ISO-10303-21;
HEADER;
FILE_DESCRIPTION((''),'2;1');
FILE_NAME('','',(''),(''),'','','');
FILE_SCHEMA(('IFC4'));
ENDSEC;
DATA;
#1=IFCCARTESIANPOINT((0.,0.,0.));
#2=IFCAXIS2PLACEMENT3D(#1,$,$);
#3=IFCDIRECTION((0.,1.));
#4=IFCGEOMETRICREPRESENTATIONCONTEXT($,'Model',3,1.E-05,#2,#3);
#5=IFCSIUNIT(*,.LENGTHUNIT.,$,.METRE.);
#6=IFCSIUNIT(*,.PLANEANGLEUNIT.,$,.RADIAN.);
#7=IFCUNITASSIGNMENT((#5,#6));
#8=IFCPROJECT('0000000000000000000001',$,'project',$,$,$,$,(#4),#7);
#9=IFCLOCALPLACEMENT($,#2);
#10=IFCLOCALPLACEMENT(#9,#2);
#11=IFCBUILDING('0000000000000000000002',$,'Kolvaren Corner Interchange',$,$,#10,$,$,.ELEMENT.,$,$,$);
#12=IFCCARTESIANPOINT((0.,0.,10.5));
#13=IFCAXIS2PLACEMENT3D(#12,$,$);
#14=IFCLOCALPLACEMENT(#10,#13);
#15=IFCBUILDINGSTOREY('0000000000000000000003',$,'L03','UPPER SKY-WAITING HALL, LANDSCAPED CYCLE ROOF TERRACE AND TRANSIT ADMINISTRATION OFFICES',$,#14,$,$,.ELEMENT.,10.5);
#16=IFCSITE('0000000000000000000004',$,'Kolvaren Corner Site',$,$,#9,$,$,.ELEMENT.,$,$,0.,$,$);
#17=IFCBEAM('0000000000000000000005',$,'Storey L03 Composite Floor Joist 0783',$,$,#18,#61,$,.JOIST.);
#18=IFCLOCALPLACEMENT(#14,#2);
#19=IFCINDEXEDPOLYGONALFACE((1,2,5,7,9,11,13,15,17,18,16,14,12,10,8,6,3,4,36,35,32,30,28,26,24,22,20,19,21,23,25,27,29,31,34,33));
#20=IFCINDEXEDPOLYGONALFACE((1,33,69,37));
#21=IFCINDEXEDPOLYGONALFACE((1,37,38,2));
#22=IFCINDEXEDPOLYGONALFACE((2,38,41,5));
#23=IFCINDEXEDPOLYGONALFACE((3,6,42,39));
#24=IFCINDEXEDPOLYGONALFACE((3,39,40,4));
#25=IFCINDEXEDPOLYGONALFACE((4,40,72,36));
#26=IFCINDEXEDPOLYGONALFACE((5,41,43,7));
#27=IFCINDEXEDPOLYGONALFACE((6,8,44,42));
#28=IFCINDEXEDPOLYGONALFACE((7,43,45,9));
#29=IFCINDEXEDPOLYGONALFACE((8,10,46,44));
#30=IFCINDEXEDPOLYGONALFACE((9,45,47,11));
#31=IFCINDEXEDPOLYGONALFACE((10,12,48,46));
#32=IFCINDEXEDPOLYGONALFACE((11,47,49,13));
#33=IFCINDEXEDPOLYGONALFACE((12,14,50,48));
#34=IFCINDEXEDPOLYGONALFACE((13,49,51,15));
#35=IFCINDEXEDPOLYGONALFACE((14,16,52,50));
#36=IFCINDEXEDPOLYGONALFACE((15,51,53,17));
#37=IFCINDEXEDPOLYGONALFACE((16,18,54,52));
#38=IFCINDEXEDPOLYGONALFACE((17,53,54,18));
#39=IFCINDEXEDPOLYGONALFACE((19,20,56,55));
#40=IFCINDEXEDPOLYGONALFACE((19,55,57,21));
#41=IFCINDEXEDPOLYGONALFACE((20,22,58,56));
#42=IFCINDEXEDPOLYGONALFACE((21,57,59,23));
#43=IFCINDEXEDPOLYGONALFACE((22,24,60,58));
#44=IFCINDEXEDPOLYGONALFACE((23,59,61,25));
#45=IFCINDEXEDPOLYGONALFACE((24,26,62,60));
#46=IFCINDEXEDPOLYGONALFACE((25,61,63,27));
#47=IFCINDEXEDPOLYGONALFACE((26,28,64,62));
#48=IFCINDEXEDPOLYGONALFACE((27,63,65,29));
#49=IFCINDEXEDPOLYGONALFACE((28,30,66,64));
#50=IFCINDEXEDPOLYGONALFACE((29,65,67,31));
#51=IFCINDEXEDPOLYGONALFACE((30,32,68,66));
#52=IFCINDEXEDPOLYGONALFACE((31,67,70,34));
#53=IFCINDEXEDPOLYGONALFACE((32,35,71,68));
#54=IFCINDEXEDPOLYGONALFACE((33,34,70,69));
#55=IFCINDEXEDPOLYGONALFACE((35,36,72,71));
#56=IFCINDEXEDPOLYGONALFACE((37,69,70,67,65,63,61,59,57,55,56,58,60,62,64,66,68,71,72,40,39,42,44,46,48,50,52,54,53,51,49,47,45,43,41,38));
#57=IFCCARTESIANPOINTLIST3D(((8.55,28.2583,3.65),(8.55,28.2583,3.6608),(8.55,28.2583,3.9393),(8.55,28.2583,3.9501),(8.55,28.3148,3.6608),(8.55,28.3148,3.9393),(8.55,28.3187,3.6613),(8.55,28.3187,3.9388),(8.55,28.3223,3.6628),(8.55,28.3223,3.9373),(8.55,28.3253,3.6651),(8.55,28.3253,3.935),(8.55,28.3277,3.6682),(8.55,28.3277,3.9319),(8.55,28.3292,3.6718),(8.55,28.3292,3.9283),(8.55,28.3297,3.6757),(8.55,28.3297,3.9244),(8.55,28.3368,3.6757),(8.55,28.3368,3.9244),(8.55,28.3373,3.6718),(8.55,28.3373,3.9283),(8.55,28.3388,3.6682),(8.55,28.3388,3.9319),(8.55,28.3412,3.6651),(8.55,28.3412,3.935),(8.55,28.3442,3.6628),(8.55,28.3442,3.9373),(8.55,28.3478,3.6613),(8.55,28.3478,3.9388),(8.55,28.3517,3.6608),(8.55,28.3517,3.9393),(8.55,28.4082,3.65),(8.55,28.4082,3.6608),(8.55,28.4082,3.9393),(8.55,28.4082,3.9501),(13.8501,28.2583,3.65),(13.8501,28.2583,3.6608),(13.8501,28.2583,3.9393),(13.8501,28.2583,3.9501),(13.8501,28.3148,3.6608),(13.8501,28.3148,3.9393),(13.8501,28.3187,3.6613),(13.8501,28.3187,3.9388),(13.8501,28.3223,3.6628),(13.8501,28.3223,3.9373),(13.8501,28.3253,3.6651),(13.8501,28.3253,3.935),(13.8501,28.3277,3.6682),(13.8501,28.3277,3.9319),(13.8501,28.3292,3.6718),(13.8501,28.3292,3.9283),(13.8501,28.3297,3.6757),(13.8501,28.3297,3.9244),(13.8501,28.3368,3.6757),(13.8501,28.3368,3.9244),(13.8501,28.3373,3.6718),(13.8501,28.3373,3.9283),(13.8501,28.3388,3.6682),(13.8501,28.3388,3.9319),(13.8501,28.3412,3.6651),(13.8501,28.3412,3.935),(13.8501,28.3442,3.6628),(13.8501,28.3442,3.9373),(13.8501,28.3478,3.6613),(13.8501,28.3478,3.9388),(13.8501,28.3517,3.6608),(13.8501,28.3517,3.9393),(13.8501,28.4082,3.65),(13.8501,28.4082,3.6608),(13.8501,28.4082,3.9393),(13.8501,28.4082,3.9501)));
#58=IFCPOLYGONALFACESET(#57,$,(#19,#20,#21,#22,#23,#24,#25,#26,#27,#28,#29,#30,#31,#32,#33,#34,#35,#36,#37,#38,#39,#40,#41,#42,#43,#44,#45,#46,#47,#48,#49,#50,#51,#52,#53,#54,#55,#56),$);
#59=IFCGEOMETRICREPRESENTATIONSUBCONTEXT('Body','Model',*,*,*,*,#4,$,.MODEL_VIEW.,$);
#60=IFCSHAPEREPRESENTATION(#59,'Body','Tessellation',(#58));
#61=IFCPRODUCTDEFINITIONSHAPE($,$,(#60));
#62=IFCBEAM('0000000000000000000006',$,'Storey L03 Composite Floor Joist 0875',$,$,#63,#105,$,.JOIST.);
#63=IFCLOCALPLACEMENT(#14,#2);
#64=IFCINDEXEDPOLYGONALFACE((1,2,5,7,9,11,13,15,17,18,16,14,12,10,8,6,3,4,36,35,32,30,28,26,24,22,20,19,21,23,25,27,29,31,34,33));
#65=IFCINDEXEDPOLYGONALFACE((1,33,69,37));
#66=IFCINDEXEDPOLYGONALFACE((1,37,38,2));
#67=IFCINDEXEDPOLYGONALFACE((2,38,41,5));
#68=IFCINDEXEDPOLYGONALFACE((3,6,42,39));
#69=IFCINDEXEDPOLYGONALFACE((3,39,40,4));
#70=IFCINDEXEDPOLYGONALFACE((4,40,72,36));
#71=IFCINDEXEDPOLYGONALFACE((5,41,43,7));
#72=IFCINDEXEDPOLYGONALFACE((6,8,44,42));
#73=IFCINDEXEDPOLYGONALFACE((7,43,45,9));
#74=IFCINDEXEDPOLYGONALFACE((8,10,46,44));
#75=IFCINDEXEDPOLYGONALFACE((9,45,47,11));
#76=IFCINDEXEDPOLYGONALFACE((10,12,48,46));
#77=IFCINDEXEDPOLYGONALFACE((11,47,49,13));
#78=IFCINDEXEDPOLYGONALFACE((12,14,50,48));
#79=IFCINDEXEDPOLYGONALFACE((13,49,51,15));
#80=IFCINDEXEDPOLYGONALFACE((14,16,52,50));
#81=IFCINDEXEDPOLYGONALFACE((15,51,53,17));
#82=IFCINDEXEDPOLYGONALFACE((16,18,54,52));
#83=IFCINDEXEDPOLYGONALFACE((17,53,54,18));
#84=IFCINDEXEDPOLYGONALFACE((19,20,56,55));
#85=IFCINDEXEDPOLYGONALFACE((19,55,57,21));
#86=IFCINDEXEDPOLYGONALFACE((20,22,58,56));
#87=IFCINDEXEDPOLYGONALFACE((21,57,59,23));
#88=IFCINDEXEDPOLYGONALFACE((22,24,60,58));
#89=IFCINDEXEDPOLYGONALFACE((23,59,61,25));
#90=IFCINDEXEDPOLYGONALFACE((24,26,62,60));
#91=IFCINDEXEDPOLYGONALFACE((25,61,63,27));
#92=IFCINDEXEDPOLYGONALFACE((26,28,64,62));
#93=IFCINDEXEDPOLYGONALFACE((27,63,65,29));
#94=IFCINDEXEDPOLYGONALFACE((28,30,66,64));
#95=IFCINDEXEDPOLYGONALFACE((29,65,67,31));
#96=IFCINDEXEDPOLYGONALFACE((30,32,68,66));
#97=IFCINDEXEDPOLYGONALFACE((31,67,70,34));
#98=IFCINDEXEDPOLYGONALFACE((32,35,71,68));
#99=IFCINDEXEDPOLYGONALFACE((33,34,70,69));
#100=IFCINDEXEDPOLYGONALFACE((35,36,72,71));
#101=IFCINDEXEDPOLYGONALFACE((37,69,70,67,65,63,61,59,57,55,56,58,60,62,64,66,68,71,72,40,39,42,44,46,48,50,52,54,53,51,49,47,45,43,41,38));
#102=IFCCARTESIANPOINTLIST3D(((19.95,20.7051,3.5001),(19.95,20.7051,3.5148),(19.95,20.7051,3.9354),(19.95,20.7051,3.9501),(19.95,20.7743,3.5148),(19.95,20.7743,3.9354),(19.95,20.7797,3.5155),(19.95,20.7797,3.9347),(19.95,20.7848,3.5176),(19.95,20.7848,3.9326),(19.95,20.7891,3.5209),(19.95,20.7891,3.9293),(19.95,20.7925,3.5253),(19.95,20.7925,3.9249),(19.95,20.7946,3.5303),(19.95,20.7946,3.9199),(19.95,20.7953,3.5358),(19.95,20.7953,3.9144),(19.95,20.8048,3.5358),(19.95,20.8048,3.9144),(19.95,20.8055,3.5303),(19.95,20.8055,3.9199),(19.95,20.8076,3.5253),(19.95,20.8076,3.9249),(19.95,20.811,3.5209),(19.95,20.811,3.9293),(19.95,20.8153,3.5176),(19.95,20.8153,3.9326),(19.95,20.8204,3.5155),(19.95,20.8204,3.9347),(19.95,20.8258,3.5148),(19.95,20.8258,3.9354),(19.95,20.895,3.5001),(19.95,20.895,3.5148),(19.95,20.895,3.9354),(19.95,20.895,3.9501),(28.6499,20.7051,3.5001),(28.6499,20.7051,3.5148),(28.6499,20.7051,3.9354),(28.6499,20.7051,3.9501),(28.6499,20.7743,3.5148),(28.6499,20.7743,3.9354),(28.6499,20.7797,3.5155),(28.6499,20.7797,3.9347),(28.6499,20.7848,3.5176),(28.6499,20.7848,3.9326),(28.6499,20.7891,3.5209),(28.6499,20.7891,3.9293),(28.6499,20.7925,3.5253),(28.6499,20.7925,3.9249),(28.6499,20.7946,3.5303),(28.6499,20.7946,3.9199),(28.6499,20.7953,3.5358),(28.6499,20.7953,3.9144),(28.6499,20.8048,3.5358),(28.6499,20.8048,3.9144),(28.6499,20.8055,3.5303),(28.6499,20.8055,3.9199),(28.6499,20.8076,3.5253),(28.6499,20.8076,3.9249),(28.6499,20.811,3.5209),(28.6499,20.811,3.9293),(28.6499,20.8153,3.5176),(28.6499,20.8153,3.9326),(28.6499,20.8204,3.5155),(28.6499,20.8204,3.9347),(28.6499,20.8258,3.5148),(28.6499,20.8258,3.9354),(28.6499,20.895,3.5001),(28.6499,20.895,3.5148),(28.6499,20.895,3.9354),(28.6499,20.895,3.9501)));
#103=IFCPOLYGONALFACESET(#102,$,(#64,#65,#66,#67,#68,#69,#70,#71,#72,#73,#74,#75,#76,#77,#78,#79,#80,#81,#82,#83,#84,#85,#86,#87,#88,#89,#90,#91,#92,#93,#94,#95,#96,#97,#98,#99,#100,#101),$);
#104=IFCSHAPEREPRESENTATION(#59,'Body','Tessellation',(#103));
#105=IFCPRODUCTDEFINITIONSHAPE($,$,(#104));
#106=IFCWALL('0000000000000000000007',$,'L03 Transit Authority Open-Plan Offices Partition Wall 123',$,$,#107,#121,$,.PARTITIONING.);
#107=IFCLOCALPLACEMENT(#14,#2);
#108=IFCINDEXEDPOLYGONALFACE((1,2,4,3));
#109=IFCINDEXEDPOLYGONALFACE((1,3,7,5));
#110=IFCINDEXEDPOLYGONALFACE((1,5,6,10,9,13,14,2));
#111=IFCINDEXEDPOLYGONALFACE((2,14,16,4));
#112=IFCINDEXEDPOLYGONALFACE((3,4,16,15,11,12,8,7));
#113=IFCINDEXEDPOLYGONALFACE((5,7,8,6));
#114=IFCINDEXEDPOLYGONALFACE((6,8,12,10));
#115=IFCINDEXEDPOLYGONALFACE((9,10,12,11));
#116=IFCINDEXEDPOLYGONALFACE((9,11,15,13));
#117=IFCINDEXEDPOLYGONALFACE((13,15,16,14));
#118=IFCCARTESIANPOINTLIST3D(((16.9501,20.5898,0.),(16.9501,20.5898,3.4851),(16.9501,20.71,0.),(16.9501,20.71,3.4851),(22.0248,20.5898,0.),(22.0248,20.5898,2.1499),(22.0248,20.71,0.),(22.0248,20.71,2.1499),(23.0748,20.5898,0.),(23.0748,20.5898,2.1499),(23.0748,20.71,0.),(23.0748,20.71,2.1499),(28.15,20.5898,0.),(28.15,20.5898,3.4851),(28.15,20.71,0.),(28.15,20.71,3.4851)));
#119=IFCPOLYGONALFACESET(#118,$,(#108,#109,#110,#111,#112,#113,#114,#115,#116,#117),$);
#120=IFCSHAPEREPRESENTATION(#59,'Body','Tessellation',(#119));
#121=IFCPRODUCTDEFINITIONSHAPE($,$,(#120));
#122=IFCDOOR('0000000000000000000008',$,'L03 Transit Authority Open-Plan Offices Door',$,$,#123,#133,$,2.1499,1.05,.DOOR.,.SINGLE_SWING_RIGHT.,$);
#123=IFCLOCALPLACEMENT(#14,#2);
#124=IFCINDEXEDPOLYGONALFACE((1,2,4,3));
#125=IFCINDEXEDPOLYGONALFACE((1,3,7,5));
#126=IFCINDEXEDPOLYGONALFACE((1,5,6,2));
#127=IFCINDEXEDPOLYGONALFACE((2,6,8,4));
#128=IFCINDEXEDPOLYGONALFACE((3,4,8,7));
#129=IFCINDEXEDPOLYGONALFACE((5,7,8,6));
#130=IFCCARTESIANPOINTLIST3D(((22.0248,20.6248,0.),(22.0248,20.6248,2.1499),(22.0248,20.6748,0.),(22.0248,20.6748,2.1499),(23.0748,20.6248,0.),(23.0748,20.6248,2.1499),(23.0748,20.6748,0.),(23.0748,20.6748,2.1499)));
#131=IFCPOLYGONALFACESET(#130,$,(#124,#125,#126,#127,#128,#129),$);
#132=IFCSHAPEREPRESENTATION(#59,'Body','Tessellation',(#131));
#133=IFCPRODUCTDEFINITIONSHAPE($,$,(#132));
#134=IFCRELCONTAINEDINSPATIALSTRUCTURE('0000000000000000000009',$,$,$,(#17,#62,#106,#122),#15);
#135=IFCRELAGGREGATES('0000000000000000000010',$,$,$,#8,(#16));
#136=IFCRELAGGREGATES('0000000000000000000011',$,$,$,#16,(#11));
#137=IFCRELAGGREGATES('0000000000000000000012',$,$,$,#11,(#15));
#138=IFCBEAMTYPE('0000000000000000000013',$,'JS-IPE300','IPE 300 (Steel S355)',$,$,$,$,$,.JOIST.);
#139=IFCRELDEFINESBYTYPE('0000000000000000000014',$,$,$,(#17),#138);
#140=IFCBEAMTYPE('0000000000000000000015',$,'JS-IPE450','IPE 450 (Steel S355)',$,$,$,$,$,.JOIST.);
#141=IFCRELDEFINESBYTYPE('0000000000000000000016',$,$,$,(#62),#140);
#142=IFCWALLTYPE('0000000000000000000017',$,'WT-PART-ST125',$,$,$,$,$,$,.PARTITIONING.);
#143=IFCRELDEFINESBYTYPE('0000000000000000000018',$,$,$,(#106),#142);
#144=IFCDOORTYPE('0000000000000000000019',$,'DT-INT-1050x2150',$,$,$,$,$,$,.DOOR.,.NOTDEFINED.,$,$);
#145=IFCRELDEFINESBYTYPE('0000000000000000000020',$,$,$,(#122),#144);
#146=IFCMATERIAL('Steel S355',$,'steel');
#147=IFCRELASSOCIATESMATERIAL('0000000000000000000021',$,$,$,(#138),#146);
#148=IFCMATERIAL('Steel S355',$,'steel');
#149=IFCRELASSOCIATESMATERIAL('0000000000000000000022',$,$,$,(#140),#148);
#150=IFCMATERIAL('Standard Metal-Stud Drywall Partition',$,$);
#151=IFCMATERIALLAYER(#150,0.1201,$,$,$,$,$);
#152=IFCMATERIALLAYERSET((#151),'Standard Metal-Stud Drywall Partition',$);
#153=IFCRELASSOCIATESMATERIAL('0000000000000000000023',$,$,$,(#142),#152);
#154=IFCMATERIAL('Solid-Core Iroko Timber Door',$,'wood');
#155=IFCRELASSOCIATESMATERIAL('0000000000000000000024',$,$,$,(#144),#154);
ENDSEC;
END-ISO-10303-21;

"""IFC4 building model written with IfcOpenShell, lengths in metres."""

from ifc_helpers import new_model, si_unit, direction, frame, frame_2d, origin, origin_2d, place, context, subcontext, project, spatial, rectangle, i_section, extrude, material, layer, layer_set, material_profile, profile_set, type_object, element, fill, save


model = new_model("IFC4")

# Units and contexts
model_context = context("Model", 3, precision=1e-05, world=origin(), true_north=direction((0.0, 1.0)))
body_context = subcontext(model_context, "Body", "Model", "MODEL_VIEW")
ifc_project = project(units=[si_unit("LENGTHUNIT", "METRE"), si_unit("PLANEANGLEUNIT", "RADIAN")], contexts=[model_context])

# Site, building, storey
site_placement = place(None, origin())
site = spatial("IfcSite", under=ifc_project, at=site_placement, Name="Kolvaren Corner Site", CompositionType="ELEMENT", RefElevation=0.0)
building_placement = place(site_placement, origin())
building = spatial("IfcBuilding", under=site, at=building_placement, Name="Kolvaren Corner Interchange", CompositionType="ELEMENT")
storey_placement = place(building_placement, frame((0.0, 0.0, 10.5)))
storey = spatial("IfcBuildingStorey", under=building, at=storey_placement, Name="L03", Description="UPPER SKY-WAITING HALL, LANDSCAPED CYCLE ROOF TERRACE AND TRANSIT ADMINISTRATION OFFICES", CompositionType="ELEMENT", Elevation=10.5)

# Beams
ifc_material_1 = material(Name="Steel S355", Category="steel")
ifc_material_profile_1 = material_profile(ifc_material_1, i_section(OverallWidth=0.1499, OverallDepth=0.3, WebThickness=0.0071, FlangeThickness=0.0107, FilletRadius=0.0149, at=origin_2d()), Name="IPE 300")
ifc_profile_set_1 = profile_set([ifc_material_profile_1], Name="Steel S355")
beam_type_1 = type_object("IfcBeamType", Name="JS-IPE300", Description="IPE 300 (Steel S355)", PredefinedType="JOIST", material=ifc_profile_set_1)
beam_1_placement = place(storey_placement, frame((8.55, 28.3333, 3.8), z_axis=(1.0, 0.0, 0.0), x_axis=(0.0, 1.0, 0.0)))
element("IfcBeam", 1, at=beam_1_placement, inside=storey, type_object=beam_type_1, Name="Storey L03 Composite Floor Joist 0783", PredefinedType="JOIST", context=body_context, shape_type="SweptSolid", body=[
    extrude(i_section(OverallWidth=0.1499, OverallDepth=0.3, WebThickness=0.0071, FlangeThickness=0.0107, FilletRadius=0.0149, at=origin_2d()), origin(), (0.0, 0.0, 1.0), 5.3),
])
ifc_material_2 = material(Name="Steel S355", Category="steel")
ifc_material_profile_2 = material_profile(ifc_material_2, i_section(OverallWidth=0.1899, OverallDepth=0.45, WebThickness=0.0095, FlangeThickness=0.0146, FilletRadius=0.021, at=origin_2d()), Name="IPE 450")
ifc_profile_set_2 = profile_set([ifc_material_profile_2], Name="Steel S355")
beam_type_2 = type_object("IfcBeamType", Name="JS-IPE450", Description="IPE 450 (Steel S355)", PredefinedType="JOIST", material=ifc_profile_set_2)
beam_2_placement = place(storey_placement, frame((19.95, 20.8, 3.7251), z_axis=(1.0, 0.0, 0.0), x_axis=(0.0, 1.0, 0.0)))
element("IfcBeam", 2, at=beam_2_placement, inside=storey, type_object=beam_type_2, Name="Storey L03 Composite Floor Joist 0875", PredefinedType="JOIST", context=body_context, shape_type="SweptSolid", body=[
    extrude(i_section(OverallWidth=0.1899, OverallDepth=0.45, WebThickness=0.0095, FlangeThickness=0.0146, FilletRadius=0.021, at=origin_2d()), origin(), (0.0, 0.0, 1.0), 8.7),
])

# Wall, opening, door
ifc_material_3 = material(Name="Standard Metal-Stud Drywall Partition")
ifc_layer = layer(ifc_material_3, 0.1201)
ifc_layer_set = layer_set([ifc_layer], Name="Standard Metal-Stud Drywall Partition")
wall_type = type_object("IfcWallType", Name="WT-PART-ST125", PredefinedType="PARTITIONING", material=ifc_layer_set)
wall_placement = place(storey_placement, frame((16.95, 20.6499, 0.0), z_axis=(0.0, 0.0, 1.0), x_axis=(1.0, 0.0, 0.0)))
wall = element("IfcWall", 3, at=wall_placement, inside=storey, type_object=wall_type, Name="L03 Transit Authority Open-Plan Offices Partition Wall 123", PredefinedType="PARTITIONING", context=body_context, shape_type="SweptSolid", body=[
    extrude(rectangle(XDim=11.2, YDim=0.1201, at=frame_2d((5.6001, 0.0))), origin(), (0.0, 0.0, 1.0), 3.4851),
])
opening_placement = place(wall_placement, frame((5.075, 0.0, 0.0)))
opening = element("IfcOpeningElement", 4, at=opening_placement, cuts=wall, PredefinedType="OPENING", context=body_context, shape_type="SweptSolid", body=[
    extrude(rectangle(XDim=1.05, YDim=2.1499, at=frame_2d((0.5249, 1.075))), frame((0.0, 0.0701, 0.0), z_axis=(0.0, -1.0, 0.0), x_axis=(1.0, 0.0, 0.0)), (0.0, 0.0, 1.0), 0.1401),
])
ifc_material_4 = material(Name="Solid-Core Iroko Timber Door", Category="wood")
door_type = type_object("IfcDoorType", Name="DT-INT-1050x2150", OperationType="NOTDEFINED", PredefinedType="DOOR", material=ifc_material_4)
door_placement = place(opening_placement, origin())
door = element("IfcDoor", 5, at=door_placement, inside=storey, type_object=door_type, Name="L03 Transit Authority Open-Plan Offices Door", OperationType="SINGLE_SWING_RIGHT", OverallHeight=2.1499, OverallWidth=1.05, PredefinedType="DOOR", context=body_context, shape_type="SweptSolid", body=[
    extrude(rectangle(XDim=1.05, YDim=2.1499, at=frame_2d((0.5249, 1.075))), frame((0.0, 0.0249, 0.0), z_axis=(0.0, -1.0, 0.0), x_axis=(1.0, 0.0, 0.0)), (0.0, 0.0, 1.0), 0.05),
])
fill(opening, door)

save(model, "model.ifc")
